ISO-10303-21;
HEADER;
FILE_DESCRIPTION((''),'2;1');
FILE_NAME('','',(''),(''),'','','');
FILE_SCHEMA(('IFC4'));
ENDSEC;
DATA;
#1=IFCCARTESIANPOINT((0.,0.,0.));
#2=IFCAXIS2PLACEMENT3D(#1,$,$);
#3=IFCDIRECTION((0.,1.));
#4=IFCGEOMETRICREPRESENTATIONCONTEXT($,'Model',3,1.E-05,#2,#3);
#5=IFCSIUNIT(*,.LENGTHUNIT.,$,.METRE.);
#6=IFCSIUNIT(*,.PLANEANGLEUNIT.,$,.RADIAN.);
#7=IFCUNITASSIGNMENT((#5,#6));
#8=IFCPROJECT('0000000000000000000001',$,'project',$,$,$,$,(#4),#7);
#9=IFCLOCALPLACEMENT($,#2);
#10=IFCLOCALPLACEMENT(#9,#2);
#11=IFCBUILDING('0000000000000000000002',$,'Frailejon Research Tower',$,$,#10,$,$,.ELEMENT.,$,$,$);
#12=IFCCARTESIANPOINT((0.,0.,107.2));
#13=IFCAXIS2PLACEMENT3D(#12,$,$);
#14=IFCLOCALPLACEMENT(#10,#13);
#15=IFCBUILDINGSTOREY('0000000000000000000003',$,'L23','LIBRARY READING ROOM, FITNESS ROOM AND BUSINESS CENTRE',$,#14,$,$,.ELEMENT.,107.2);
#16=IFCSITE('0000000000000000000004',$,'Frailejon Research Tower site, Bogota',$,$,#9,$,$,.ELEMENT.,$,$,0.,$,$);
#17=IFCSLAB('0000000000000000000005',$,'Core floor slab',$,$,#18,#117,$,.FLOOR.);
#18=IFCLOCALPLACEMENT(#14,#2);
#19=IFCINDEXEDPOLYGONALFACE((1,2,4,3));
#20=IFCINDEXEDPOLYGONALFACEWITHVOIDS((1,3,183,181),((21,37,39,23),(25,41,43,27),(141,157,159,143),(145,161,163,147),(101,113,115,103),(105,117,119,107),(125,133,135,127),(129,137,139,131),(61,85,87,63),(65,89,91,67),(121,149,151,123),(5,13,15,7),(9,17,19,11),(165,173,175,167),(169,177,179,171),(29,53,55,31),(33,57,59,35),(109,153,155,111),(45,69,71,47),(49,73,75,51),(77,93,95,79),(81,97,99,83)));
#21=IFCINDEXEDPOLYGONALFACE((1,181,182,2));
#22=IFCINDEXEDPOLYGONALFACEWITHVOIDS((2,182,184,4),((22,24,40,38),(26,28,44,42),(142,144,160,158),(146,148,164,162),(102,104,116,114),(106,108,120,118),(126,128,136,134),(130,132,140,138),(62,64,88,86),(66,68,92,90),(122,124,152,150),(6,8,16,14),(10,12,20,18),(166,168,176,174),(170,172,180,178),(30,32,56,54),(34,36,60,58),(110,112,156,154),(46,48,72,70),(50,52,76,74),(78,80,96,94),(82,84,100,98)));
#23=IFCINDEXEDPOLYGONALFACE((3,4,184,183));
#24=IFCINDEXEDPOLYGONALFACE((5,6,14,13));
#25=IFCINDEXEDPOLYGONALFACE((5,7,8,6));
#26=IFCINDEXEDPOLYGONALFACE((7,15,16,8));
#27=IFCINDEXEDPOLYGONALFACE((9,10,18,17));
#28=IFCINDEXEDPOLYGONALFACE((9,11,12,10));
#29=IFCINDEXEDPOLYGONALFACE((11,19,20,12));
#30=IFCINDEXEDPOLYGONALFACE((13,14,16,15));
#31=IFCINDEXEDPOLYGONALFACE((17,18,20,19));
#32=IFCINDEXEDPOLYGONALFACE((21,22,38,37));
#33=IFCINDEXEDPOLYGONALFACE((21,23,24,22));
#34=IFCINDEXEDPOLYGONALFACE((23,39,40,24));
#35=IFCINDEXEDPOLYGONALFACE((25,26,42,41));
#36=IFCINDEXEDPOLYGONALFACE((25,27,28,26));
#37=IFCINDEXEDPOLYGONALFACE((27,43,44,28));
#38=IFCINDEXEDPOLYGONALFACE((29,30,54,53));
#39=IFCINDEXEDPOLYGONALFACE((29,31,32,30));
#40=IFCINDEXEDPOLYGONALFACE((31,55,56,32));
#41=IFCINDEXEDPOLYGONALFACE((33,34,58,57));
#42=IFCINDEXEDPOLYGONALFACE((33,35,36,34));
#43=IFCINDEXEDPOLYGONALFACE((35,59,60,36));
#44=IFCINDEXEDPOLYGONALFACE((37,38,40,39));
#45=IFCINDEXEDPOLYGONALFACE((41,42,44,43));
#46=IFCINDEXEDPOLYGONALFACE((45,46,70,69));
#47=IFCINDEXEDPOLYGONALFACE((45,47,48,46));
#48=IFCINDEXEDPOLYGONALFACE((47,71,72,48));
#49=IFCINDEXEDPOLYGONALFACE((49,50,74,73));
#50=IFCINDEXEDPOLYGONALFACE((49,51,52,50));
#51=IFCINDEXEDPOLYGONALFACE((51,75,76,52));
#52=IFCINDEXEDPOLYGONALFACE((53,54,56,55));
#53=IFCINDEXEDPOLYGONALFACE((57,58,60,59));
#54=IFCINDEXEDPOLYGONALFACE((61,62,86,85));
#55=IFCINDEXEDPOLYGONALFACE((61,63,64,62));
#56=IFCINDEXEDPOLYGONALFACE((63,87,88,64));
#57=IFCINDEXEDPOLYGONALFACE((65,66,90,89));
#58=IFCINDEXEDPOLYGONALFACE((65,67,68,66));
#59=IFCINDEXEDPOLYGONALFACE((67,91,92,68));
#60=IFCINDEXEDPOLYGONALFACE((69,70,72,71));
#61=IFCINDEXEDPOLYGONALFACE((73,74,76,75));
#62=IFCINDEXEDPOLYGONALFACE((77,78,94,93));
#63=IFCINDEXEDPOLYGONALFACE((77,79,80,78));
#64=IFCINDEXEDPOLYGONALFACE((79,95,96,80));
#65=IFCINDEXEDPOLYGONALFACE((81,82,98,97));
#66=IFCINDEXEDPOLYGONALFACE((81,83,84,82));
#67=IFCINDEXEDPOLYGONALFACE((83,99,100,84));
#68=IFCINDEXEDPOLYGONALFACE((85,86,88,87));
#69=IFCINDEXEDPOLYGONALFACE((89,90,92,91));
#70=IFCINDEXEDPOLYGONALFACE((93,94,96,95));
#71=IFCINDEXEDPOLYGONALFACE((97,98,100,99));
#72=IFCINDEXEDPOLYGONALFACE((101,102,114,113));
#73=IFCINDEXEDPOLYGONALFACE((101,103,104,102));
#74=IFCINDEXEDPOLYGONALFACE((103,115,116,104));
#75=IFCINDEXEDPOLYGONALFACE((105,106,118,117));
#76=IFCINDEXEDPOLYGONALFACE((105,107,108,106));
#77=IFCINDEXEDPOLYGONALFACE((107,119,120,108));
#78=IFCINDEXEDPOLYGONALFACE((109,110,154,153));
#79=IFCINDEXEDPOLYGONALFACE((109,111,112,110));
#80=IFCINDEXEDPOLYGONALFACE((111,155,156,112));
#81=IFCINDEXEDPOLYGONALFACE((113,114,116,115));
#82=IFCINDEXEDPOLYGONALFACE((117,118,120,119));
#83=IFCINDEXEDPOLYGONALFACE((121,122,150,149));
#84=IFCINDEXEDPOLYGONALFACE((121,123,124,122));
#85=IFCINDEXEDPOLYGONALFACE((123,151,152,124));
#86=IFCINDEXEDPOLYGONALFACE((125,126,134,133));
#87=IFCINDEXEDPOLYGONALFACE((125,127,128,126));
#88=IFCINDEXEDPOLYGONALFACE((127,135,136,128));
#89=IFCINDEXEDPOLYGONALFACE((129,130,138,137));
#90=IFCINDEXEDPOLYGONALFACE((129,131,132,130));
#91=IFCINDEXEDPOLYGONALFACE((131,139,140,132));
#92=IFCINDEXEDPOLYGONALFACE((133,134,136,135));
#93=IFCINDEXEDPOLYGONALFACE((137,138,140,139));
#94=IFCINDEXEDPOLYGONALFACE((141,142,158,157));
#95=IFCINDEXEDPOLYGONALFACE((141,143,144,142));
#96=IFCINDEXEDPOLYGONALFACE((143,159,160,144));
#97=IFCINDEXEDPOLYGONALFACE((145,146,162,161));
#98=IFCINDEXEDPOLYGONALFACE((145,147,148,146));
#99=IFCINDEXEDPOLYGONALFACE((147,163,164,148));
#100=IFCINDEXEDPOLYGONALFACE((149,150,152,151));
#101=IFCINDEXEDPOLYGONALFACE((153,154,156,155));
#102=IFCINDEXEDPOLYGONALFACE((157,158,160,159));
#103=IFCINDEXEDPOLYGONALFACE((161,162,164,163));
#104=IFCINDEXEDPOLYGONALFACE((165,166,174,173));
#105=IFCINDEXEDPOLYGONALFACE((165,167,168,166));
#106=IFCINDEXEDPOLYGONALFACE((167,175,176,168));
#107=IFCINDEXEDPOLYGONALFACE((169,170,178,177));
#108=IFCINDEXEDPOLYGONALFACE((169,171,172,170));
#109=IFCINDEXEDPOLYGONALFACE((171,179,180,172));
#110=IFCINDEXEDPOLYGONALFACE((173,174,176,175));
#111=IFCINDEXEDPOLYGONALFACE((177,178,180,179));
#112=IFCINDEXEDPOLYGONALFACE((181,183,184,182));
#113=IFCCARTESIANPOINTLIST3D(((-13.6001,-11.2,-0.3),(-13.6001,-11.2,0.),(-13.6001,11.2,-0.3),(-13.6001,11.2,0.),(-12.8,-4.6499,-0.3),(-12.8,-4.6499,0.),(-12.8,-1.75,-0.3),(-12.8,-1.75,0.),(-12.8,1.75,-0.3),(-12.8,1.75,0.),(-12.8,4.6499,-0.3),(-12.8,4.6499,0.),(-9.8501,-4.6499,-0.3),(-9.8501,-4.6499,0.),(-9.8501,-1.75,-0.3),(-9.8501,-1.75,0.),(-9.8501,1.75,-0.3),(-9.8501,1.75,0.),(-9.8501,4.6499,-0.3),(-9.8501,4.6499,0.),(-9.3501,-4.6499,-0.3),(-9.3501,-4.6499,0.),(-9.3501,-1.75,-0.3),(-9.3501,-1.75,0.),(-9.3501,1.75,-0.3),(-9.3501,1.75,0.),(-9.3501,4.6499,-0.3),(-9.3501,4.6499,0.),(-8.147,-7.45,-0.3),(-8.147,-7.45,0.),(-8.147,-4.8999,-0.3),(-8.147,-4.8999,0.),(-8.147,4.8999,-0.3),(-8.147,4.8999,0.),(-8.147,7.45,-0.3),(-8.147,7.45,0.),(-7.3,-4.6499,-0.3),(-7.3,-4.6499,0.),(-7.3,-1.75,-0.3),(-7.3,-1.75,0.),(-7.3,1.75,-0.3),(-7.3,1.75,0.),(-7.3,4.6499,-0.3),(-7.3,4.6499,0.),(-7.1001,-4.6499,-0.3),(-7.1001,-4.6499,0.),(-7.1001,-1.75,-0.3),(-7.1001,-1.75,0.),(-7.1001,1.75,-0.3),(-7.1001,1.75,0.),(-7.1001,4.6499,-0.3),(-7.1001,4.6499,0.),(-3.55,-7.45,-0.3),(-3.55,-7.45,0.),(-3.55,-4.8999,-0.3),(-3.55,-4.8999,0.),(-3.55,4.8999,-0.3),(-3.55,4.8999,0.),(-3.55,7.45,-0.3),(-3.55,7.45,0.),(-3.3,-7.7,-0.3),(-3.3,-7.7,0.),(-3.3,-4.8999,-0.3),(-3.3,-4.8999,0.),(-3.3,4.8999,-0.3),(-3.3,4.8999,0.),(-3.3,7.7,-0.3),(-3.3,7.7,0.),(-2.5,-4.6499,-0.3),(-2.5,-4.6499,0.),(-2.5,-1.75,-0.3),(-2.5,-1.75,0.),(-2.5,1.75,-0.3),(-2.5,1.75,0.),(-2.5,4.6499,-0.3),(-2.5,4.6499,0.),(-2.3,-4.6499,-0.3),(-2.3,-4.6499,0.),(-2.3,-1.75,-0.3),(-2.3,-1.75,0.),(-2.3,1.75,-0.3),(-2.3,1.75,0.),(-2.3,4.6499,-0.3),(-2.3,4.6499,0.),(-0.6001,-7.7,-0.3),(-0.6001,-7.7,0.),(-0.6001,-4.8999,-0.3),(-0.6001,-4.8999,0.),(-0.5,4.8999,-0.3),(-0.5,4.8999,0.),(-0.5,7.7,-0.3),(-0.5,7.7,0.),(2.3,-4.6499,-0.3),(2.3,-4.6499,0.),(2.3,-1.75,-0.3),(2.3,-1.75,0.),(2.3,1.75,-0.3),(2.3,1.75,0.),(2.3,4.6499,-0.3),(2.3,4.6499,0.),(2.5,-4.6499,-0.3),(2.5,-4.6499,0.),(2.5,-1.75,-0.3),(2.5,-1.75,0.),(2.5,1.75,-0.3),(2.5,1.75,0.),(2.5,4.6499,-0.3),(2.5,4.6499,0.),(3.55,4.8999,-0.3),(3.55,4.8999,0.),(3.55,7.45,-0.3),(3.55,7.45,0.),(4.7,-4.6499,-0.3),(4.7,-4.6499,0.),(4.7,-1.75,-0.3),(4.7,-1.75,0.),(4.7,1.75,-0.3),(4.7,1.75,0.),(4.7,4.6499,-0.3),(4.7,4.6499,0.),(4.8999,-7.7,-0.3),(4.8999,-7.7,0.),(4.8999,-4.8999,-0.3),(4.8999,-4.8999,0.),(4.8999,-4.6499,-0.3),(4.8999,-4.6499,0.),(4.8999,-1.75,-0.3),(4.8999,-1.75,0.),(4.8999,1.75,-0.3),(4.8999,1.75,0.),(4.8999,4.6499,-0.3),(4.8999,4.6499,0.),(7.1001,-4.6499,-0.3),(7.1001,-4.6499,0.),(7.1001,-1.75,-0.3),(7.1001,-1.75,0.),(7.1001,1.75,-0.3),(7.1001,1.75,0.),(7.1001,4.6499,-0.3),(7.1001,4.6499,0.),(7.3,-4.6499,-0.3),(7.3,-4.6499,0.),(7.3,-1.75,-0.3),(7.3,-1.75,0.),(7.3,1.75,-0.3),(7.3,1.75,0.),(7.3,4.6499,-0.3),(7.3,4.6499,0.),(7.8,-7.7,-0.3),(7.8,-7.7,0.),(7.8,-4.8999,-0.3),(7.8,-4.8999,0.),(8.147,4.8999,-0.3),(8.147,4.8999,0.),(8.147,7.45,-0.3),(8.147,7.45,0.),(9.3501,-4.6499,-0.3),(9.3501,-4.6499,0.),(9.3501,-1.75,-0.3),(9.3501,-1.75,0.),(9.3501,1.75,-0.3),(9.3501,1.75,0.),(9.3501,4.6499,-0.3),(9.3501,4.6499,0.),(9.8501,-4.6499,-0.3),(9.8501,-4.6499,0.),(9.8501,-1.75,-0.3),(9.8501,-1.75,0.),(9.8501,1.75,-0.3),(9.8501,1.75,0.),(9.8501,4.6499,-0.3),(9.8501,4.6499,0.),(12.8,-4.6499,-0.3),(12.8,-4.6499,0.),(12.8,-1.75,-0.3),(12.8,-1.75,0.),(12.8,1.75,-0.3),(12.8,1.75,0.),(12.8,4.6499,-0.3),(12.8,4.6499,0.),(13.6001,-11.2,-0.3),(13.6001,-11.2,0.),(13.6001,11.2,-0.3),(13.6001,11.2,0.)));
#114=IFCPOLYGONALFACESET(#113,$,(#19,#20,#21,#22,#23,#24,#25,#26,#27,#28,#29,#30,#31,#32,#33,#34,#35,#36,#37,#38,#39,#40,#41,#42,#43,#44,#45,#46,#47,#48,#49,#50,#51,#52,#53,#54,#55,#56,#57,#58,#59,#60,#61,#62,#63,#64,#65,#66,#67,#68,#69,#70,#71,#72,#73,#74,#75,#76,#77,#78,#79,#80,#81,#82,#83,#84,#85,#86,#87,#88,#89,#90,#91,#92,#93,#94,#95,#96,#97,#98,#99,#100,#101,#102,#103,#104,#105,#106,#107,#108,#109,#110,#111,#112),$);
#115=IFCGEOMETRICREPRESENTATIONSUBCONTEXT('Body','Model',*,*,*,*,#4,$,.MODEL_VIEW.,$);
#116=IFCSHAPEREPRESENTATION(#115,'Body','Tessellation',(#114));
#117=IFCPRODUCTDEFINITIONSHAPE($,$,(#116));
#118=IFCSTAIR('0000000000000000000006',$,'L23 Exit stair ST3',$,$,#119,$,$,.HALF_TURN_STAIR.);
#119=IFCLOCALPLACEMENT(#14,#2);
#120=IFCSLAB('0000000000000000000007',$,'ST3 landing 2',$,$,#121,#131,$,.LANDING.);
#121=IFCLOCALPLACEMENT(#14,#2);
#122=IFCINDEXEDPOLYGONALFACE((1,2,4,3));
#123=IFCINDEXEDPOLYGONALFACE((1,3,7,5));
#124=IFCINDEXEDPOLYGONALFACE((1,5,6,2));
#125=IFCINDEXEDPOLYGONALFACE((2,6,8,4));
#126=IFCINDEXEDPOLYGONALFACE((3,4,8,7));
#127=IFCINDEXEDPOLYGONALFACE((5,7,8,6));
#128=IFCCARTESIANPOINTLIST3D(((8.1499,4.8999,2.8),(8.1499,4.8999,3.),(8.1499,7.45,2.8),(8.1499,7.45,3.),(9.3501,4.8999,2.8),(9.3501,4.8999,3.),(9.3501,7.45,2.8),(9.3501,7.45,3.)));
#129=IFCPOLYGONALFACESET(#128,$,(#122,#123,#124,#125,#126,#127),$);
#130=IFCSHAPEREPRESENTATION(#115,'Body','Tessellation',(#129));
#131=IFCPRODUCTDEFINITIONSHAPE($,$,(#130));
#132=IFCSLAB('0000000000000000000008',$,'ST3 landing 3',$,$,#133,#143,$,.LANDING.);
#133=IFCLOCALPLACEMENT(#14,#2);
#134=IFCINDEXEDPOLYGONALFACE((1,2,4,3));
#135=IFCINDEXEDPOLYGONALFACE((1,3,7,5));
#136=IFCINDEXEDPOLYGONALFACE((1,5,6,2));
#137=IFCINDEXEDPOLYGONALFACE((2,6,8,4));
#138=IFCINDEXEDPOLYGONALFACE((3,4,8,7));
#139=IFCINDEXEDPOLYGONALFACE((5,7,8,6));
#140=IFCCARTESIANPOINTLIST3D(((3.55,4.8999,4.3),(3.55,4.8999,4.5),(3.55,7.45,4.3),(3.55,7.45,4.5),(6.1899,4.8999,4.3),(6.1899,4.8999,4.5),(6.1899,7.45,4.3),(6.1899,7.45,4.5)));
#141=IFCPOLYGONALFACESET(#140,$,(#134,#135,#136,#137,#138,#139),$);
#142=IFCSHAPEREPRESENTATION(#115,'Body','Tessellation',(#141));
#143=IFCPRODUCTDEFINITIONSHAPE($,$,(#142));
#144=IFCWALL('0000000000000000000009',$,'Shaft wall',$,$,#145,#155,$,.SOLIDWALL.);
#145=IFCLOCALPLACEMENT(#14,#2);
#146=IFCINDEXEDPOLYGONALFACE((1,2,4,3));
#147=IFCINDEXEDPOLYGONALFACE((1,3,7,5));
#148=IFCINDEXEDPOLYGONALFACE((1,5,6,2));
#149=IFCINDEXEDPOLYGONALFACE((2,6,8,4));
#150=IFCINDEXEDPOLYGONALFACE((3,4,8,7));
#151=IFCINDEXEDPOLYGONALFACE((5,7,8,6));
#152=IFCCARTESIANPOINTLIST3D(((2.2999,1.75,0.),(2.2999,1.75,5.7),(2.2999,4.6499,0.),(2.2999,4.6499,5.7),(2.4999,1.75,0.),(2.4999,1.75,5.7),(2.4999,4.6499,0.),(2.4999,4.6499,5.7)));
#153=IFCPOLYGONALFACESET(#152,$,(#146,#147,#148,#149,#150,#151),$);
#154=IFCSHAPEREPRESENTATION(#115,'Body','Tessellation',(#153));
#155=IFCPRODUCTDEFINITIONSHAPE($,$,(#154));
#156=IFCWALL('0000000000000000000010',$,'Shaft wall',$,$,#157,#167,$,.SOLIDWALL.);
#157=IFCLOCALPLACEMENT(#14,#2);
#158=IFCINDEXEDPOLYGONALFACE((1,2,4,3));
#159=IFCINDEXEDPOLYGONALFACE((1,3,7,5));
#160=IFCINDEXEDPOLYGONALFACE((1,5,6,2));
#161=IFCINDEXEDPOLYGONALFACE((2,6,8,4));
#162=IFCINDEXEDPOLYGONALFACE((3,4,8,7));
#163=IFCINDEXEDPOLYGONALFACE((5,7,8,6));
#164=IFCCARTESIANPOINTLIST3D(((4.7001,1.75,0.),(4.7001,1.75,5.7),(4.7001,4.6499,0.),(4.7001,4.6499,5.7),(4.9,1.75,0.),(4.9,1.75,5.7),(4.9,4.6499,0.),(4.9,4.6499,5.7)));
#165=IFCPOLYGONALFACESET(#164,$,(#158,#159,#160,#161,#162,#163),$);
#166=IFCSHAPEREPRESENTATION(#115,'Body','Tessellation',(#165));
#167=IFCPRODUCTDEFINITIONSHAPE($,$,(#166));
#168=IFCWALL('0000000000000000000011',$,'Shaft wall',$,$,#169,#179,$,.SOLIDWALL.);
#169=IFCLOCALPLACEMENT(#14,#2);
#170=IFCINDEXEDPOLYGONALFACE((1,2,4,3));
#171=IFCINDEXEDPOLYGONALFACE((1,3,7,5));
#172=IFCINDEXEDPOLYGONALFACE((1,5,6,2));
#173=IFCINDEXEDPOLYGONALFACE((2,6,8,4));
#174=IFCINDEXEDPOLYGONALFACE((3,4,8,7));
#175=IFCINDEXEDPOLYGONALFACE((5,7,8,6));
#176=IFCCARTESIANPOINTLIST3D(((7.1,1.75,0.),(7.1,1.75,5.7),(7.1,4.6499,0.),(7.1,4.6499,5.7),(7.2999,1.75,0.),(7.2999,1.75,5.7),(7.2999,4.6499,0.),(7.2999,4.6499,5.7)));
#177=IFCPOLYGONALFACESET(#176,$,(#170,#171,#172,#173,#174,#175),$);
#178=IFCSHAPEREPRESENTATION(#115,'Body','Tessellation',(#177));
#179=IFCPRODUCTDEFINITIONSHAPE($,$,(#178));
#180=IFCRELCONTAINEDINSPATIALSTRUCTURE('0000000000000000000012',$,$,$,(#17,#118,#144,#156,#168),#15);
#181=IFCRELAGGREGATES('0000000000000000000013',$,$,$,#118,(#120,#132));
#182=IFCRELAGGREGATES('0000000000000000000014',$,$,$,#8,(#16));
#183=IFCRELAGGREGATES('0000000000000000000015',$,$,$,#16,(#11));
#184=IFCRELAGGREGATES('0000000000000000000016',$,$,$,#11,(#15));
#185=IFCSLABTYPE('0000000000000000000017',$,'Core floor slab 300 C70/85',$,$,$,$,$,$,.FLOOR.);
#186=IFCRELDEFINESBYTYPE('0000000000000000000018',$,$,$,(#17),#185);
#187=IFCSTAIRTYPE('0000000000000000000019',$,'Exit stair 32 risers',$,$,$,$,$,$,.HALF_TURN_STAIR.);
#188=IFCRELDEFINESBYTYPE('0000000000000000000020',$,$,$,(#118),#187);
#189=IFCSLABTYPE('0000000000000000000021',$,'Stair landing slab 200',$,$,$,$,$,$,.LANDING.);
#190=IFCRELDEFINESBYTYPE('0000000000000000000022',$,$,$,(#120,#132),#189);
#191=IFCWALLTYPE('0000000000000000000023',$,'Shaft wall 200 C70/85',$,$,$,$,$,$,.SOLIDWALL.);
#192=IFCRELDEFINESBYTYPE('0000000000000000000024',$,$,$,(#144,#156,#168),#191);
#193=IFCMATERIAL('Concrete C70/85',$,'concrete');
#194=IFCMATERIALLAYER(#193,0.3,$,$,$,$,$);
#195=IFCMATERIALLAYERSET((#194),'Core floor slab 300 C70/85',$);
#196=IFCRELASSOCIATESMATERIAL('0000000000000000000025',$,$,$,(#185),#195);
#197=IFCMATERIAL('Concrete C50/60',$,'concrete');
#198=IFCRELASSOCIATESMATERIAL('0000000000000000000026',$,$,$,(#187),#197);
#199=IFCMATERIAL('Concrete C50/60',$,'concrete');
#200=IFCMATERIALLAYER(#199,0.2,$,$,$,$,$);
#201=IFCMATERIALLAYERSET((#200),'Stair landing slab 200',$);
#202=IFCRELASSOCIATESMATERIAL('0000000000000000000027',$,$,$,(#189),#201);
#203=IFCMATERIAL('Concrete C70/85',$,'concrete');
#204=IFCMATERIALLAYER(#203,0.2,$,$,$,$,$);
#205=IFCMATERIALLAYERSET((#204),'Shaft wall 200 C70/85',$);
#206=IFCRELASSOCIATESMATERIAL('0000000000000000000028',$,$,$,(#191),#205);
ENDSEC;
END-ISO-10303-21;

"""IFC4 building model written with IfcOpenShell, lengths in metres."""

from ifc_helpers import new_model, si_unit, direction, frame, frame_2d, origin, place, context, subcontext, project, spatial, polyline, rectangle, outline, extrude, material, layer, layer_set, type_object, element, aggregate, save


model = new_model("IFC4")

# Units and contexts
model_context = context("Model", 3, precision=1e-05, world=origin(), true_north=direction((0.0, 1.0)))
body_context = subcontext(model_context, "Body", "Model", "MODEL_VIEW")
ifc_project = project(units=[si_unit("LENGTHUNIT", "METRE"), si_unit("PLANEANGLEUNIT", "RADIAN")], contexts=[model_context])

# Site, building, storey
site_placement = place(None, origin())
site = spatial("IfcSite", under=ifc_project, at=site_placement, Name="Frailejon Research Tower site, Bogota", CompositionType="ELEMENT", RefElevation=0.0)
building_placement = place(site_placement, origin())
building = spatial("IfcBuilding", under=site, at=building_placement, Name="Frailejon Research Tower", CompositionType="ELEMENT")
storey_placement = place(building_placement, frame((0.0, 0.0, 107.2)))
storey = spatial("IfcBuildingStorey", under=building, at=storey_placement, Name="L23", Description="LIBRARY READING ROOM, FITNESS ROOM AND BUSINESS CENTRE", CompositionType="ELEMENT", Elevation=107.2)

# Slab
ifc_material_1 = material(Name="Concrete C70/85", Category="concrete")
ifc_layer_1 = layer(ifc_material_1, 0.3)
ifc_layer_set_1 = layer_set([ifc_layer_1], Name="Core floor slab 300 C70/85")
slab_type_1 = type_object("IfcSlabType", Name="Core floor slab 300 C70/85", PredefinedType="FLOOR", material=ifc_layer_set_1)
slab_1_placement = place(storey_placement, frame((0.0, 0.0, -0.3)))
element("IfcSlab", 1, at=slab_1_placement, inside=storey, type_object=slab_type_1, Name="Core floor slab", PredefinedType="FLOOR", context=body_context, shape_type="SweptSolid", body=[
    extrude(outline(polyline([(13.6001, -11.2), (13.6001, 11.2), (-13.6001, 11.2), (-13.6001, -11.2), (13.6001, -11.2)]), holes=[polyline([(-9.8501, 1.75), (-9.8501, 4.6499), (-12.8, 4.6499), (-12.8, 1.75), (-9.8501, 1.75)]), polyline([(-7.3, 1.75), (-7.3, 4.6499), (-9.3501, 4.6499), (-9.3501, 1.75), (-7.3, 1.75)]), polyline([(-2.5, 1.75), (-2.5, 4.6499), (-7.1001, 4.6499), (-7.1001, 1.75), (-2.5, 1.75)]), polyline([(2.3, 1.75), (2.3, 4.6499), (-2.3, 4.6499), (-2.3, 1.75), (2.3, 1.75)]), polyline([(4.7, 1.75), (4.7, 4.6499), (2.5, 4.6499), (2.5, 1.75), (4.7, 1.75)]), polyline([(7.1001, 1.75), (7.1001, 4.6499), (4.8999, 4.6499), (4.8999, 1.75), (7.1001, 1.75)]), polyline([(9.3501, 1.75), (9.3501, 4.6499), (7.3, 4.6499), (7.3, 1.75), (9.3501, 1.75)]), polyline([(12.8, 1.75), (12.8, 4.6499), (9.8501, 4.6499), (9.8501, 1.75), (12.8, 1.75)]), polyline([(-9.8501, -4.6499), (-9.8501, -1.75), (-12.8, -1.75), (-12.8, -4.6499), (-9.8501, -4.6499)]), polyline([(-7.3, -4.6499), (-7.3, -1.75), (-9.3501, -1.75), (-9.3501, -4.6499), (-7.3, -4.6499)]), polyline([(-2.5, -4.6499), (-2.5, -1.75), (-7.1001, -1.75), (-7.1001, -4.6499), (-2.5, -4.6499)]), polyline([(2.3, -4.6499), (2.3, -1.75), (-2.3, -1.75), (-2.3, -4.6499), (2.3, -4.6499)]), polyline([(4.7, -4.6499), (4.7, -1.75), (2.5, -1.75), (2.5, -4.6499), (4.7, -4.6499)]), polyline([(7.1001, -4.6499), (7.1001, -1.75), (4.8999, -1.75), (4.8999, -4.6499), (7.1001, -4.6499)]), polyline([(9.3501, -4.6499), (9.3501, -1.75), (7.3, -1.75), (7.3, -4.6499), (9.3501, -4.6499)]), polyline([(12.8, -4.6499), (12.8, -1.75), (9.8501, -1.75), (9.8501, -4.6499), (12.8, -4.6499)]), polyline([(-8.147, 4.8999), (-3.55, 4.8999), (-3.55, 7.45), (-8.147, 7.45), (-8.147, 4.8999)]), polyline([(-8.147, -7.45), (-3.55, -7.45), (-3.55, -4.8999), (-8.147, -4.8999), (-8.147, -7.45)]), polyline([(8.147, 7.45), (3.55, 7.45), (3.55, 4.8999), (8.147, 4.8999), (8.147, 7.45)]), polyline([(-0.6001, -7.7), (-0.6001, -4.8999), (-3.3, -4.8999), (-3.3, -7.7), (-0.6001, -7.7)]), polyline([(7.8, -7.7), (7.8, -4.8999), (4.8999, -4.8999), (4.8999, -7.7), (7.8, -7.7)]), polyline([(-0.5, 4.8999), (-0.5, 7.7), (-3.3, 7.7), (-3.3, 4.8999), (-0.5, 4.8999)])]), origin(), (0.0, 0.0, 1.0), 0.3),
])

# Stair, slabs
ifc_material_2 = material(Name="Concrete C50/60", Category="concrete")
stair_type = type_object("IfcStairType", Name="Exit stair 32 risers", PredefinedType="HALF_TURN_STAIR", material=ifc_material_2)
stair_placement = place(storey_placement, origin())
stair = element("IfcStair", 2, at=stair_placement, inside=storey, type_object=stair_type, Name="L23 Exit stair ST3", PredefinedType="HALF_TURN_STAIR")
ifc_material_3 = material(Name="Concrete C50/60", Category="concrete")
ifc_layer_2 = layer(ifc_material_3, 0.2)
ifc_layer_set_2 = layer_set([ifc_layer_2], Name="Stair landing slab 200")
slab_type_2 = type_object("IfcSlabType", Name="Stair landing slab 200", PredefinedType="LANDING", material=ifc_layer_set_2)
slab_2_placement = place(storey_placement, frame((0.0, 0.0, 2.8)))
slab_2 = element("IfcSlab", 3, at=slab_2_placement, type_object=slab_type_2, Name="ST3 landing 2", PredefinedType="LANDING", context=body_context, shape_type="SweptSolid", body=[
    extrude(outline(polyline([(9.3501, 7.45), (8.1499, 7.45), (8.1499, 4.8999), (9.3501, 4.8999), (9.3501, 7.45)])), origin(), (0.0, 0.0, 1.0), 0.2),
])
slab_3_placement = place(storey_placement, frame((0.0, 0.0, 4.3)))
slab_3 = element("IfcSlab", 4, at=slab_3_placement, type_object=slab_type_2, Name="ST3 landing 3", PredefinedType="LANDING", context=body_context, shape_type="SweptSolid", body=[
    extrude(outline(polyline([(6.1899, 7.45), (3.55, 7.45), (3.55, 4.8999), (6.1899, 4.8999), (6.1899, 7.45)])), origin(), (0.0, 0.0, 1.0), 0.2),
])

# Walls
ifc_material_4 = material(Name="Concrete C70/85", Category="concrete")
ifc_layer_3 = layer(ifc_material_4, 0.2)
ifc_layer_set_3 = layer_set([ifc_layer_3], Name="Shaft wall 200 C70/85")
wall_type_1 = type_object("IfcWallType", Name="Shaft wall 200 C70/85", PredefinedType="SOLIDWALL", material=ifc_layer_set_3)
for number, where, z_axis, x_axis, name in (
    (5, (2.3999, 1.75, 0.0), (0.0, 0.0, 1.0), (0.0, 1.0, 0.0), "Shaft wall"),
    (6, (4.8, 1.75, 0.0), (0.0, 0.0, 1.0), (0.0, 1.0, 0.0), "Shaft wall"),
    (7, (7.2, 1.75, 0.0), (0.0, 0.0, 1.0), (0.0, 1.0, 0.0), "Shaft wall"),
):
    element("IfcWall", number, at=place(storey_placement, frame(where, z_axis=z_axis, x_axis=x_axis)), inside=storey, type_object=wall_type_1, Name=name, PredefinedType="SOLIDWALL", context=body_context, shape_type="SweptSolid", body=[
        extrude(rectangle(XDim=2.8999, YDim=0.2, at=frame_2d((1.45, 0.0))), origin(), (0.0, 0.0, 1.0), 5.7),
    ])

aggregate(stair, [slab_2, slab_3])

save(model, "model.ifc")
